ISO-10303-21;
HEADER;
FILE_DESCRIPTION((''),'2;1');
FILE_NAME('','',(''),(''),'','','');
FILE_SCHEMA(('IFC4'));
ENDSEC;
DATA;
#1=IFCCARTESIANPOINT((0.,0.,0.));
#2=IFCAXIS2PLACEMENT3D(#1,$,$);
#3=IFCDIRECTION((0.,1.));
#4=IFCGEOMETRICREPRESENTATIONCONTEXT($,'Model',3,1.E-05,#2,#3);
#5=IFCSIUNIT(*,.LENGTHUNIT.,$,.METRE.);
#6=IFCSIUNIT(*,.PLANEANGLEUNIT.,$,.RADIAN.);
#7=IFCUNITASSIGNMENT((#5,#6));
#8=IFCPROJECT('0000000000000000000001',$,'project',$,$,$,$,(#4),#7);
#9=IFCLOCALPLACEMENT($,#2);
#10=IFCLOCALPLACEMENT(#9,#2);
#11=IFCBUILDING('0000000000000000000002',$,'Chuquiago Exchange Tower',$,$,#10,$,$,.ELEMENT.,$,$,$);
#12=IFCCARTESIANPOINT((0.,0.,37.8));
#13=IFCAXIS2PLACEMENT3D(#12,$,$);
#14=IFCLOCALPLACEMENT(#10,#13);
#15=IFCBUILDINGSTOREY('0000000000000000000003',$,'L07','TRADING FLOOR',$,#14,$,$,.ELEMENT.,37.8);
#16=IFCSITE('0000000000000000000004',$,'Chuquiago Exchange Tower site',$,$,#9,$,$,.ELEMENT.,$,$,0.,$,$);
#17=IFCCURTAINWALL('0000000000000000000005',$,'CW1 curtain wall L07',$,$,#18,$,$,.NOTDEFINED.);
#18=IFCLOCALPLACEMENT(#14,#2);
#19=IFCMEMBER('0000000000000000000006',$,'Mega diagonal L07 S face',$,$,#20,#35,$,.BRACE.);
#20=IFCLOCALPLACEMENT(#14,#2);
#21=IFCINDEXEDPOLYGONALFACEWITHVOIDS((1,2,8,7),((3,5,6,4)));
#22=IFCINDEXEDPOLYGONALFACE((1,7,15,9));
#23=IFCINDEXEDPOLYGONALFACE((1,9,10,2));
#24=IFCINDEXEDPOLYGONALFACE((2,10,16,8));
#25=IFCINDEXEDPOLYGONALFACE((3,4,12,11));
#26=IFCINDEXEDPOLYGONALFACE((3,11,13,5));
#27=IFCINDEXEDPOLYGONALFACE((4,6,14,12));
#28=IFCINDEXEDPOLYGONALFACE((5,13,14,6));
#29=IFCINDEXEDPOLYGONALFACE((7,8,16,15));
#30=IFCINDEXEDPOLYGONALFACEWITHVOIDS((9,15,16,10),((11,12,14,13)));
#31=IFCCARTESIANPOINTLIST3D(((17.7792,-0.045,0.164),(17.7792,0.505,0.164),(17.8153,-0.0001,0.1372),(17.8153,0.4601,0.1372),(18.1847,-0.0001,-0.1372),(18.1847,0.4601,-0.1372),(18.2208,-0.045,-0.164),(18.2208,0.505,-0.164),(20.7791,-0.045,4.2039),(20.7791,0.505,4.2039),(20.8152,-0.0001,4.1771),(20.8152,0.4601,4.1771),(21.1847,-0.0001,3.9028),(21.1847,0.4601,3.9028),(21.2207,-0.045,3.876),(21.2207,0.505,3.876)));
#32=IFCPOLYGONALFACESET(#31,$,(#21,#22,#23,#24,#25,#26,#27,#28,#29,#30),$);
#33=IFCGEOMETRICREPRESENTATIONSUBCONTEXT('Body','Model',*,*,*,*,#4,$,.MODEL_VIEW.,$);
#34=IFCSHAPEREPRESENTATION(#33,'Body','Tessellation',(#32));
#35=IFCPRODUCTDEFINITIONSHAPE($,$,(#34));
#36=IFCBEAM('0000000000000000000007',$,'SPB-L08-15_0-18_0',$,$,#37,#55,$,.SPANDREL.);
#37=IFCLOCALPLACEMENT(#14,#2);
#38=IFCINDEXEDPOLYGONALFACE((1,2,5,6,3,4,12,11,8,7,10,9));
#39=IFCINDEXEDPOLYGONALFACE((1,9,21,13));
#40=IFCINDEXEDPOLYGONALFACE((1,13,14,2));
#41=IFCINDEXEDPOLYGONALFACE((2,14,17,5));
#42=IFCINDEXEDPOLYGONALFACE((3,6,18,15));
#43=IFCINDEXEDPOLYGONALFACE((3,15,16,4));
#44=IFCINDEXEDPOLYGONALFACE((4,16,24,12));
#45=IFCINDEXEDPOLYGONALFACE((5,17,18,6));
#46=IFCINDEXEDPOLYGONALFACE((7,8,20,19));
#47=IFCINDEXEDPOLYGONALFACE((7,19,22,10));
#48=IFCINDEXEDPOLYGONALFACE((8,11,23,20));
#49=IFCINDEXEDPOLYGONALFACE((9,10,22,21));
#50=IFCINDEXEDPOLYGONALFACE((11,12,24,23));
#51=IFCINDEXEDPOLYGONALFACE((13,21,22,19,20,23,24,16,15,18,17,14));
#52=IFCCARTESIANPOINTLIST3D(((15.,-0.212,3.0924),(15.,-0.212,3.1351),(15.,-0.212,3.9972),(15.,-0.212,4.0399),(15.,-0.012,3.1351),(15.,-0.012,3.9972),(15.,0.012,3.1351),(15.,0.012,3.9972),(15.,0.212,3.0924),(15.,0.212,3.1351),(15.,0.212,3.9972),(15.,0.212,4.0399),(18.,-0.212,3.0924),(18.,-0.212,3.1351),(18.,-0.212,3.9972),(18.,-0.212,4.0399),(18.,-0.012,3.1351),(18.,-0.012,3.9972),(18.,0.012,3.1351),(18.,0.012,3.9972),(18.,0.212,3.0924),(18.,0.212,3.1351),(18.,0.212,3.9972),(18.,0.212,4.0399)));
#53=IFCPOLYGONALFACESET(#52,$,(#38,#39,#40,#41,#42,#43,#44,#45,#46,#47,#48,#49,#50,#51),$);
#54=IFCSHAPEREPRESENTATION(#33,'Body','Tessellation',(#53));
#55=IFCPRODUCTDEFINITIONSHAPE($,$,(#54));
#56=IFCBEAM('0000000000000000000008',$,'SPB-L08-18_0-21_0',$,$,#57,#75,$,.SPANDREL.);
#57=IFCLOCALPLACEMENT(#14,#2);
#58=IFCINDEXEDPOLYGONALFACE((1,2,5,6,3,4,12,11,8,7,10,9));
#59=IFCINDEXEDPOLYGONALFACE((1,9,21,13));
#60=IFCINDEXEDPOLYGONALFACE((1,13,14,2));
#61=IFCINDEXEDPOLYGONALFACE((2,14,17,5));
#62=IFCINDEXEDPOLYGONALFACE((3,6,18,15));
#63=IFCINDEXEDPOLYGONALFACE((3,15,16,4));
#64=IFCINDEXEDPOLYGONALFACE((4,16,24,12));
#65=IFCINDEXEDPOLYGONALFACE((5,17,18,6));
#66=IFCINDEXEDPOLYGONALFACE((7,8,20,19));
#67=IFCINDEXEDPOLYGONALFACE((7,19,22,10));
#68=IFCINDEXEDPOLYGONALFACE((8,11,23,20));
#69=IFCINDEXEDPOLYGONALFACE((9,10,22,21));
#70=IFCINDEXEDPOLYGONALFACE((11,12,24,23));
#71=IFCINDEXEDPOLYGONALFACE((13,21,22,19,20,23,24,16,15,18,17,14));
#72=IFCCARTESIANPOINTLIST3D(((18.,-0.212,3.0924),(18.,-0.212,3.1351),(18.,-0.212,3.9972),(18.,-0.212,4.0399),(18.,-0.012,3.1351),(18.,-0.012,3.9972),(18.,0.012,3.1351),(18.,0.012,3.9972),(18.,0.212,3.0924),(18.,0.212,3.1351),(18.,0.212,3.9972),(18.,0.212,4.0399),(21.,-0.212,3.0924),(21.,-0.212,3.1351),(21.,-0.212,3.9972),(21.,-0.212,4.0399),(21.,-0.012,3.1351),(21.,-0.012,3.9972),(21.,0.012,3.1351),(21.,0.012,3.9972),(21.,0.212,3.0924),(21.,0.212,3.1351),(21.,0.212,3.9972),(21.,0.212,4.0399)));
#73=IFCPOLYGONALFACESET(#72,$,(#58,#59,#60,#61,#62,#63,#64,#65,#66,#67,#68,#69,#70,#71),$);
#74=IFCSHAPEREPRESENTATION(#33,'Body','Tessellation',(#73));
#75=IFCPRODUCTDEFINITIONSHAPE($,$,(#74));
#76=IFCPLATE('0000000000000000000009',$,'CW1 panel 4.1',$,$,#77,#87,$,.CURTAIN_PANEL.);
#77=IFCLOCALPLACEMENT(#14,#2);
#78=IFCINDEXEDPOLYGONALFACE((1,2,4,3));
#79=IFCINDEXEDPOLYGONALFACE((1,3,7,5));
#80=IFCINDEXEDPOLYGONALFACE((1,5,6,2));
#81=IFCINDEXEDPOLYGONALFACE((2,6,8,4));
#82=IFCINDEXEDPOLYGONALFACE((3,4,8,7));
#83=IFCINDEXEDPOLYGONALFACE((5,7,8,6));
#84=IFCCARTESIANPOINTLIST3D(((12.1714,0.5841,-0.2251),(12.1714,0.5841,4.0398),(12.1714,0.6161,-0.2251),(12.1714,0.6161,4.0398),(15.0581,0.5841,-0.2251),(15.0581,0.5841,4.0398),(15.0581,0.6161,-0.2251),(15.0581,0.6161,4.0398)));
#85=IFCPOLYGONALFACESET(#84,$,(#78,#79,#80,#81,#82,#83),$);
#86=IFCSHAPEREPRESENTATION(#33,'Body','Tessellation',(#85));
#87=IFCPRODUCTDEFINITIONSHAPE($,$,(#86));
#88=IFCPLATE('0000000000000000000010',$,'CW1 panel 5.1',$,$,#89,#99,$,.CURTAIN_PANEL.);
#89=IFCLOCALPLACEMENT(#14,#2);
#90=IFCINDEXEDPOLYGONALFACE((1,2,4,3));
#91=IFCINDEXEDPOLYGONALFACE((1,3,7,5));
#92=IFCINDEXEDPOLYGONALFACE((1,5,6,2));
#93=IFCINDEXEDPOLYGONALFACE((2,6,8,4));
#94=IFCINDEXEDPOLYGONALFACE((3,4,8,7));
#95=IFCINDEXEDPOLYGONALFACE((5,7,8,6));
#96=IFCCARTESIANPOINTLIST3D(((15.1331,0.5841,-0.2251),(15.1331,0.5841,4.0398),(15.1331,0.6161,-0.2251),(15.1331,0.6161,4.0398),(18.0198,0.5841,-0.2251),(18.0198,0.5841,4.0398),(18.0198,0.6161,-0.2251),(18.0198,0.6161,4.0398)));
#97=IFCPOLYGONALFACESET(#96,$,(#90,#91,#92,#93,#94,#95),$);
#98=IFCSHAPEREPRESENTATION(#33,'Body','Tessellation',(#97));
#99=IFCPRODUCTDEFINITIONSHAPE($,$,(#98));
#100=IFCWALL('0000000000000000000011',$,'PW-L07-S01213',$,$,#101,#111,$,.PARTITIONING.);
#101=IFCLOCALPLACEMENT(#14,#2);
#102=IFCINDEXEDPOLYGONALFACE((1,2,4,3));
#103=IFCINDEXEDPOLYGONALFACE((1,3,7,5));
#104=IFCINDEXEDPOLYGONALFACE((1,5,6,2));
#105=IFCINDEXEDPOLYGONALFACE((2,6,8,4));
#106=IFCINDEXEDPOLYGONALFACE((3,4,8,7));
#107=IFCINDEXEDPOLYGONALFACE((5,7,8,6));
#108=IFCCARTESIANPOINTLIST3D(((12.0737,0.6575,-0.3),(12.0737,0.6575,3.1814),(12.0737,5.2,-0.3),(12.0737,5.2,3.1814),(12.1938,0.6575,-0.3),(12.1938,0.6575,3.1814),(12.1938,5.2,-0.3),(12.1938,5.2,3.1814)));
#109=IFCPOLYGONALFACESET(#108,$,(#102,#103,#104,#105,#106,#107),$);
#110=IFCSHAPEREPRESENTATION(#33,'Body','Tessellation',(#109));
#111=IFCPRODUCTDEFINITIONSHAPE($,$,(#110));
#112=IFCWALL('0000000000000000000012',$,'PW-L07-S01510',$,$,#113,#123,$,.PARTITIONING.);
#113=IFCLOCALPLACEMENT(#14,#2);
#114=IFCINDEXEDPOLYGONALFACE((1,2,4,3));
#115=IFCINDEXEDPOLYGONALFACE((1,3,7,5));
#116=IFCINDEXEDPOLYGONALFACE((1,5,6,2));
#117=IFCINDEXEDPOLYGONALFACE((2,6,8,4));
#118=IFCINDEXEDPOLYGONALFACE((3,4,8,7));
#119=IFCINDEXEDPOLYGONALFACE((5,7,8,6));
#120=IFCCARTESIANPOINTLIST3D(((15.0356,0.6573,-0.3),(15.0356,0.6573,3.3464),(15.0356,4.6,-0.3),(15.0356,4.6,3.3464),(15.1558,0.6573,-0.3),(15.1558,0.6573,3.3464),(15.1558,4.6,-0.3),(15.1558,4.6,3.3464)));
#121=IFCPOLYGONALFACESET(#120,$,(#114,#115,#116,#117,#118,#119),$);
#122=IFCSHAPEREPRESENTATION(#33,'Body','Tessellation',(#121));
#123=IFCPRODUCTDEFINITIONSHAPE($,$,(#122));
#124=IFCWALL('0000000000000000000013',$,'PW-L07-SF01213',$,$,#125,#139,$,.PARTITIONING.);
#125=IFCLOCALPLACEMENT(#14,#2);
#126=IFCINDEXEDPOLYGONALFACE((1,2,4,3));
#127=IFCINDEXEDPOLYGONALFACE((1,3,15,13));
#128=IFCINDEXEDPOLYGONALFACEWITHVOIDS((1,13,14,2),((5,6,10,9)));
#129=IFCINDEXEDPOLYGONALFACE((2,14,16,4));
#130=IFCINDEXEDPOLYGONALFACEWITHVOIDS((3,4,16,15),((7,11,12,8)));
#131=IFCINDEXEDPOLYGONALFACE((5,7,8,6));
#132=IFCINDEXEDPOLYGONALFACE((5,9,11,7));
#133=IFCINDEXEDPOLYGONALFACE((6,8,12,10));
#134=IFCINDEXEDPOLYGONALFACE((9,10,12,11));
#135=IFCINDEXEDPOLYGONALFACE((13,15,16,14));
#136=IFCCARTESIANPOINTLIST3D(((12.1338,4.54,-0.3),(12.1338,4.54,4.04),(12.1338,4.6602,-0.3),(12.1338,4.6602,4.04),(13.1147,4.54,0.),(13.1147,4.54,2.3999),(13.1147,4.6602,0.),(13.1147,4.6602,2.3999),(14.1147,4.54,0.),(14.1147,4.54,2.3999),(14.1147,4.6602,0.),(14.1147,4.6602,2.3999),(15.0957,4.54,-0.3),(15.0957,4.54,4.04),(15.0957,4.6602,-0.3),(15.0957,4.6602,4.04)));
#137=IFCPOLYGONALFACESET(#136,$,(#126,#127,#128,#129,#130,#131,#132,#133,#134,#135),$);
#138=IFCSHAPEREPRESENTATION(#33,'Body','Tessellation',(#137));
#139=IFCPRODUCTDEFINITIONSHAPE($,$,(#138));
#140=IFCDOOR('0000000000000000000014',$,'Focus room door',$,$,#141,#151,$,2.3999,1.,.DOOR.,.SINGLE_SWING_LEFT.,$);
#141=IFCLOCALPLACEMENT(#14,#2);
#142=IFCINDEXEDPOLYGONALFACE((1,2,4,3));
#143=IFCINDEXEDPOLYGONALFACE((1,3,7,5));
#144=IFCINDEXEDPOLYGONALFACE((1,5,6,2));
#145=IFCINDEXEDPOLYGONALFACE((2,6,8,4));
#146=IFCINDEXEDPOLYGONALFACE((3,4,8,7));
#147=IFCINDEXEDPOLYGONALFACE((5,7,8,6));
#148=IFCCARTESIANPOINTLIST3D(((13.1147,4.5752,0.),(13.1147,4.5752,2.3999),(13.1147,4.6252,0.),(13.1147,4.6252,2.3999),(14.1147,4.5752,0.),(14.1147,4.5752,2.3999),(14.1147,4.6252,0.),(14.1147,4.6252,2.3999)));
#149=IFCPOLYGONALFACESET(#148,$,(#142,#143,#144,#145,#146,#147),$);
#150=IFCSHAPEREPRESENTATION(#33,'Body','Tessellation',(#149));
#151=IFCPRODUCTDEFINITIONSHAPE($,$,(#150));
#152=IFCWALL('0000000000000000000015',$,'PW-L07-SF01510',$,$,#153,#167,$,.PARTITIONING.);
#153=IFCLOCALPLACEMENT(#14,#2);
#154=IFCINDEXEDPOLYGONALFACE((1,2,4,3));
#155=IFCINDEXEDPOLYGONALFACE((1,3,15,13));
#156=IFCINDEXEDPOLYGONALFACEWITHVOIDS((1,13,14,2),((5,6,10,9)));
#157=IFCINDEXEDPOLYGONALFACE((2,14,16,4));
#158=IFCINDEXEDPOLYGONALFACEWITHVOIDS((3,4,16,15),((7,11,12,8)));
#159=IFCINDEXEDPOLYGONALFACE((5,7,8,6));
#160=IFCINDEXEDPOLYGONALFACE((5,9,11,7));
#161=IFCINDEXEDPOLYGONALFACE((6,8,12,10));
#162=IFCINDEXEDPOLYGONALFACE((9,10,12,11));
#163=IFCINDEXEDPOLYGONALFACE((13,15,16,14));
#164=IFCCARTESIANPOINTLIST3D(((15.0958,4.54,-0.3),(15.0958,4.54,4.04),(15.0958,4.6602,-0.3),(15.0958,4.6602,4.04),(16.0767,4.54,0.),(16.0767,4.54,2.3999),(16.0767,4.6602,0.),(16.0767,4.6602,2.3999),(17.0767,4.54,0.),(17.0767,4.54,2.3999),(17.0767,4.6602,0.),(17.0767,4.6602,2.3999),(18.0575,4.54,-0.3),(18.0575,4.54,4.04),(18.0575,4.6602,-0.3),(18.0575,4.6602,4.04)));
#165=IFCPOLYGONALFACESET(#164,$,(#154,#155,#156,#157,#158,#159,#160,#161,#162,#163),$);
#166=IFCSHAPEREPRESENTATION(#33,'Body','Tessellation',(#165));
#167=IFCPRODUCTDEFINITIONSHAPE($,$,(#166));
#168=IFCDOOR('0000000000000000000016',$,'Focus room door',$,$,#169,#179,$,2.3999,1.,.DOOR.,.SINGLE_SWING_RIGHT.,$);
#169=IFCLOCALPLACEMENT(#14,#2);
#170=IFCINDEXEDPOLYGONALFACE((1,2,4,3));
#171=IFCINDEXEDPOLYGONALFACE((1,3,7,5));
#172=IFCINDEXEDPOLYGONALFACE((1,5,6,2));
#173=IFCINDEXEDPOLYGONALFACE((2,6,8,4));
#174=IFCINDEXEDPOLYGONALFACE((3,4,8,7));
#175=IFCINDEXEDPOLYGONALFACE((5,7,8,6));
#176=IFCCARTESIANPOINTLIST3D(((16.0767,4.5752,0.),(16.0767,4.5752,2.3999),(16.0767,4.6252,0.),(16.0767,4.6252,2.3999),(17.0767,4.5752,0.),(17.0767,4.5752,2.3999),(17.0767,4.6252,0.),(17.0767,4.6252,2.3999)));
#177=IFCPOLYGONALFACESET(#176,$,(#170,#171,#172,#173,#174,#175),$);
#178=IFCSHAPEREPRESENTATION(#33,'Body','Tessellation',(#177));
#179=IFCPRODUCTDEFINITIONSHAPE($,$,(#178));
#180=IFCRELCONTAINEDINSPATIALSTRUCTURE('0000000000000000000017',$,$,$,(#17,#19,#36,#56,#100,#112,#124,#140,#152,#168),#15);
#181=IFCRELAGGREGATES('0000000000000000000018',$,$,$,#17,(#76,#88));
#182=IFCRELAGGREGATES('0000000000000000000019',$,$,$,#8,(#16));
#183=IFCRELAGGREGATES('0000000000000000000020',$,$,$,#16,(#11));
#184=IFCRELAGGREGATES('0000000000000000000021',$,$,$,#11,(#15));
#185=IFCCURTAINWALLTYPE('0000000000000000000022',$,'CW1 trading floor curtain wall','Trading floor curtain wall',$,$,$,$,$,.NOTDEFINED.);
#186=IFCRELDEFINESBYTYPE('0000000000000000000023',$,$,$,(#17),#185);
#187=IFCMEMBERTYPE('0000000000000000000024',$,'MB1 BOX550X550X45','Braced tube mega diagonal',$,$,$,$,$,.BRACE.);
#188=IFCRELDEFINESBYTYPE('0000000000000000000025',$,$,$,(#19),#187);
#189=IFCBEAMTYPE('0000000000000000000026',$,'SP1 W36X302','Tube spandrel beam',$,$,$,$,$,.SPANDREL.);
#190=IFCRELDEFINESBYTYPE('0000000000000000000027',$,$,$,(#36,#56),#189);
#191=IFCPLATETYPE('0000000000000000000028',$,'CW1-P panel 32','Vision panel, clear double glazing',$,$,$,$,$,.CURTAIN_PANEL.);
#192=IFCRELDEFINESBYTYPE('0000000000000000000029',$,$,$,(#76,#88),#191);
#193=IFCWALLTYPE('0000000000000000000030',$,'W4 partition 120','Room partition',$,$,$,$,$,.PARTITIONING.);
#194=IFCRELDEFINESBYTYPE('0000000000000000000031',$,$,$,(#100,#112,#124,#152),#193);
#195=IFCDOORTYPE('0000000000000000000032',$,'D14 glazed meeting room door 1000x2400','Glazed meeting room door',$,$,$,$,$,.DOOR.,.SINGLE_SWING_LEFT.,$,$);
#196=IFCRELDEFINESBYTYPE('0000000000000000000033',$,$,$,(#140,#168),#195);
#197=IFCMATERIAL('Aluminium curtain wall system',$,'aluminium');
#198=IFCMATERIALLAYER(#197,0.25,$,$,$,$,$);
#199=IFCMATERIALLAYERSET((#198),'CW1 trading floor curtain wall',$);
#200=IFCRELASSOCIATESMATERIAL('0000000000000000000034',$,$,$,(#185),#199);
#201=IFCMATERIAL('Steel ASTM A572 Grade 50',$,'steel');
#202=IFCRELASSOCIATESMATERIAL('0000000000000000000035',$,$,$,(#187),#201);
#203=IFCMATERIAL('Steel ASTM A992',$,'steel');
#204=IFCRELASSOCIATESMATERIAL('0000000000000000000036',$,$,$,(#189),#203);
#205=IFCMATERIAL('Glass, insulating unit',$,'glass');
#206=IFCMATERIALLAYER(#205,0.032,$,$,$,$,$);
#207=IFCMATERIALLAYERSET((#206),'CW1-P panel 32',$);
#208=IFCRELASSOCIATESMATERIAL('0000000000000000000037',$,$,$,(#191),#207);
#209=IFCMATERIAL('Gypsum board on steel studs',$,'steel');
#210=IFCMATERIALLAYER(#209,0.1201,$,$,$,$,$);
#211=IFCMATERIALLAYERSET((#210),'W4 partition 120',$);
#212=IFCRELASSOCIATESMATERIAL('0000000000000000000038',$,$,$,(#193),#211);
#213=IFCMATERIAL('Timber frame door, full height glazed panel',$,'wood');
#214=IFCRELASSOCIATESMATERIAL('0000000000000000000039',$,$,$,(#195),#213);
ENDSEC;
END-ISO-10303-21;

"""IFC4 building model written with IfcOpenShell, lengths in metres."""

from ifc_helpers import new_model, si_unit, direction, frame, frame_2d, origin, origin_2d, place, context, subcontext, project, spatial, rectangle, hollow_rectangle, i_section, extrude, material, layer, layer_set, material_profile, profile_set, type_object, element, fill, aggregate, save


model = new_model("IFC4")

# Units and contexts
model_context = context("Model", 3, precision=1e-05, world=origin(), true_north=direction((0.0, 1.0)))
body_context = subcontext(model_context, "Body", "Model", "MODEL_VIEW")
ifc_project = project(units=[si_unit("LENGTHUNIT", "METRE"), si_unit("PLANEANGLEUNIT", "RADIAN")], contexts=[model_context])

# Site, building, storey
site_placement = place(None, origin())
site = spatial("IfcSite", under=ifc_project, at=site_placement, Name="Chuquiago Exchange Tower site", CompositionType="ELEMENT", RefElevation=0.0)
building_placement = place(site_placement, origin())
building = spatial("IfcBuilding", under=site, at=building_placement, Name="Chuquiago Exchange Tower", CompositionType="ELEMENT")
storey_placement = place(building_placement, frame((0.0, 0.0, 37.8)))
storey = spatial("IfcBuildingStorey", under=building, at=storey_placement, Name="L07", Description="TRADING FLOOR", CompositionType="ELEMENT", Elevation=37.8)

# Curtain wall
ifc_material_1 = material(Name="Aluminium curtain wall system", Category="aluminium")
ifc_layer_1 = layer(ifc_material_1, 0.25)
ifc_layer_set_1 = layer_set([ifc_layer_1], Name="CW1 trading floor curtain wall")
curtain_wall_type = type_object("IfcCurtainWallType", Name="CW1 trading floor curtain wall", Description="Trading floor curtain wall", PredefinedType="NOTDEFINED", material=ifc_layer_set_1)
curtain_wall_placement = place(storey_placement, origin())
curtain_wall = element("IfcCurtainWall", 1, at=curtain_wall_placement, inside=storey, type_object=curtain_wall_type, Name="CW1 curtain wall L07", PredefinedType="NOTDEFINED")

# Member
ifc_material_2 = material(Name="Steel ASTM A572 Grade 50", Category="steel")
ifc_material_profile_1 = material_profile(ifc_material_2, hollow_rectangle(XDim=0.55, YDim=0.55, WallThickness=0.0449, at=origin_2d()), Name="BOX550X550X45")
ifc_profile_set_1 = profile_set([ifc_material_profile_1], Name="Steel ASTM A572 Grade 50")
member_type_1 = type_object("IfcMemberType", Name="MB1 BOX550X550X45", Description="Braced tube mega diagonal", PredefinedType="BRACE", material=ifc_profile_set_1)
member_1_placement = place(storey_placement, frame((18.0, 0.23, 0.0), z_axis=(0.596174, 0.0, 0.802855), x_axis=(0.0, 1.0, 0.0)))
element("IfcMember", 2, at=member_1_placement, inside=storey, type_object=member_type_1, Name="Mega diagonal L07 S face", PredefinedType="BRACE", context=body_context, shape_type="SweptSolid", body=[
    extrude(hollow_rectangle(XDim=0.55, YDim=0.55, WallThickness=0.0449, at=origin_2d()), origin(), (0.0, 0.0, 1.0), 5.032),
])

# Beams
ifc_material_3 = material(Name="Steel ASTM A992", Category="steel")
ifc_material_profile_2 = material_profile(ifc_material_3, i_section(OverallWidth=0.4241, OverallDepth=0.9475, WebThickness=0.0239, FlangeThickness=0.0427, at=origin_2d()), Name="W36X302")
ifc_profile_set_2 = profile_set([ifc_material_profile_2], Name="Steel ASTM A992")
beam_type_1 = type_object("IfcBeamType", Name="SP1 W36X302", Description="Tube spandrel beam", PredefinedType="SPANDREL", material=ifc_profile_set_2)
for number, where, z_axis, x_axis, name in (
    (3, (15.0, 0.0, 3.5662), (1.0, 0.0, 0.0), (0.0, 1.0, 0.0), "SPB-L08-15_0-18_0"),
    (4, (18.0, 0.0, 3.5662), (1.0, 0.0, 0.0), (0.0, 1.0, 0.0), "SPB-L08-18_0-21_0"),
):
    element("IfcBeam", number, at=place(storey_placement, frame(where, z_axis=z_axis, x_axis=x_axis)), inside=storey, type_object=beam_type_1, Name=name, PredefinedType="SPANDREL", context=body_context, shape_type="SweptSolid", body=[
        extrude(i_section(OverallWidth=0.4241, OverallDepth=0.9475, WebThickness=0.0239, FlangeThickness=0.0427, at=origin_2d()), origin(), (0.0, 0.0, 1.0), 3.0),
    ])

# Plates
ifc_material_4 = material(Name="Glass, insulating unit", Category="glass")
ifc_layer_2 = layer(ifc_material_4, 0.032)
ifc_layer_set_2 = layer_set([ifc_layer_2], Name="CW1-P panel 32")
plate_type = type_object("IfcPlateType", Name="CW1-P panel 32", Description="Vision panel, clear double glazing", PredefinedType="CURTAIN_PANEL", material=ifc_layer_set_2)
plate_1_placement = place(storey_placement, frame((13.6147, 0.6001, -0.2251), z_axis=(0.0, 0.0, 1.0), x_axis=(1.0, 0.0, 0.0)))
plate_1 = element("IfcPlate", 5, at=plate_1_placement, type_object=plate_type, Name="CW1 panel 4.1", PredefinedType="CURTAIN_PANEL", context=body_context, shape_type="SweptSolid", body=[
    extrude(rectangle(XDim=2.8867, YDim=0.032, at=origin_2d()), origin(), (0.0, 0.0, 1.0), 4.2649),
])
plate_2_placement = place(storey_placement, frame((16.5764, 0.6001, -0.2251), z_axis=(0.0, 0.0, 1.0), x_axis=(1.0, 0.0, 0.0)))
plate_2 = element("IfcPlate", 6, at=plate_2_placement, type_object=plate_type, Name="CW1 panel 5.1", PredefinedType="CURTAIN_PANEL", context=body_context, shape_type="SweptSolid", body=[
    extrude(rectangle(XDim=2.8867, YDim=0.032, at=origin_2d()), origin(), (0.0, 0.0, 1.0), 4.2649),
])
aggregate(curtain_wall, [plate_1, plate_2])

# Walls
ifc_material_5 = material(Name="Gypsum board on steel studs", Category="steel")
ifc_layer_3 = layer(ifc_material_5, 0.1201)
ifc_layer_set_3 = layer_set([ifc_layer_3], Name="W4 partition 120")
wall_type = type_object("IfcWallType", Name="W4 partition 120", Description="Room partition", PredefinedType="PARTITIONING", material=ifc_layer_set_3)
wall_1_placement = place(storey_placement, frame((12.1338, 0.6575, -0.3), z_axis=(0.0, 0.0, 1.0), x_axis=(0.0, 1.0, 0.0)))
element("IfcWall", 7, at=wall_1_placement, inside=storey, type_object=wall_type, Name="PW-L07-S01213", PredefinedType="PARTITIONING", context=body_context, shape_type="SweptSolid", body=[
    extrude(rectangle(XDim=4.5425, YDim=0.1201, at=frame_2d((2.2712, 0.0))), origin(), (0.0, 0.0, 1.0), 3.4814),
])
wall_2_placement = place(storey_placement, frame((15.0957, 0.6575, -0.3), z_axis=(0.0, 0.0, 1.0), x_axis=(0.0, 1.0, 0.0)))
element("IfcWall", 8, at=wall_2_placement, inside=storey, type_object=wall_type, Name="PW-L07-S01510", PredefinedType="PARTITIONING", context=body_context, shape_type="SweptSolid", body=[
    extrude(rectangle(XDim=3.9426, YDim=0.1201, at=frame_2d((1.9712, 0.0))), origin(), (0.0, 0.0, 1.0), 3.6465),
])

# Walls, openings, doors
wall_3_placement = place(storey_placement, frame((12.1338, 4.6001, -0.3), z_axis=(0.0, 0.0, 1.0), x_axis=(1.0, 0.0, 0.0)))
wall_3 = element("IfcWall", 9, at=wall_3_placement, inside=storey, type_object=wall_type, Name="PW-L07-SF01213", PredefinedType="PARTITIONING", context=body_context, shape_type="SweptSolid", body=[
    extrude(rectangle(XDim=2.9619, YDim=0.1201, at=frame_2d((1.481, 0.0))), origin(), (0.0, 0.0, 1.0), 4.3401),
])
opening_1_placement = place(wall_3_placement, frame((0.981, 0.0, 0.3)))
opening_1 = element("IfcOpeningElement", 10, at=opening_1_placement, cuts=wall_3, PredefinedType="OPENING", context=body_context, shape_type="SweptSolid", body=[
    extrude(rectangle(XDim=1.0, YDim=2.3999, at=frame_2d((0.5, 1.2))), frame((0.0, 0.0701, 0.0), z_axis=(0.0, -1.0, 0.0), x_axis=(1.0, 0.0, 0.0)), (0.0, 0.0, 1.0), 0.1401),
])
ifc_material_6 = material(Name="Timber frame door, full height glazed panel", Category="wood")
door_type = type_object("IfcDoorType", Name="D14 glazed meeting room door 1000x2400", Description="Glazed meeting room door", OperationType="SINGLE_SWING_LEFT", PredefinedType="DOOR", material=ifc_material_6)
door_1_placement = place(opening_1_placement, frame((1.0, 0.0, 0.0), z_axis=(0.0, 0.0, 1.0), x_axis=(-1.0, 0.0, 0.0)))
door_1 = element("IfcDoor", 11, at=door_1_placement, inside=storey, type_object=door_type, Name="Focus room door", OperationType="SINGLE_SWING_LEFT", OverallHeight=2.3999, OverallWidth=1.0, PredefinedType="DOOR", context=body_context, shape_type="SweptSolid", body=[
    extrude(rectangle(XDim=1.0, YDim=2.3999, at=frame_2d((0.5, 1.2))), frame((0.0, 0.0249, 0.0), z_axis=(0.0, -1.0, 0.0), x_axis=(1.0, 0.0, 0.0)), (0.0, 0.0, 1.0), 0.05),
])
fill(opening_1, door_1)
wall_4_placement = place(storey_placement, frame((15.0957, 4.6001, -0.3), z_axis=(0.0, 0.0, 1.0), x_axis=(1.0, 0.0, 0.0)))
wall_4 = element("IfcWall", 12, at=wall_4_placement, inside=storey, type_object=wall_type, Name="PW-L07-SF01510", PredefinedType="PARTITIONING", context=body_context, shape_type="SweptSolid", body=[
    extrude(rectangle(XDim=2.9617, YDim=0.1201, at=frame_2d((1.481, 0.0))), origin(), (0.0, 0.0, 1.0), 4.3401),
])
opening_2_placement = place(wall_4_placement, frame((0.981, 0.0, 0.3)))
opening_2 = element("IfcOpeningElement", 13, at=opening_2_placement, cuts=wall_4, PredefinedType="OPENING", context=body_context, shape_type="SweptSolid", body=[
    extrude(rectangle(XDim=1.0, YDim=2.3999, at=frame_2d((0.5, 1.2))), frame((0.0, 0.0701, 0.0), z_axis=(0.0, -1.0, 0.0), x_axis=(1.0, 0.0, 0.0)), (0.0, 0.0, 1.0), 0.1401),
])
door_2_placement = place(opening_2_placement, frame((1.0, 0.0, 0.0), z_axis=(0.0, 0.0, 1.0), x_axis=(-1.0, 0.0, 0.0)))
door_2 = element("IfcDoor", 14, at=door_2_placement, inside=storey, type_object=door_type, Name="Focus room door", OperationType="SINGLE_SWING_RIGHT", OverallHeight=2.3999, OverallWidth=1.0, PredefinedType="DOOR", context=body_context, shape_type="SweptSolid", body=[
    extrude(rectangle(XDim=1.0, YDim=2.3999, at=frame_2d((0.5, 1.2))), frame((0.0, 0.0249, 0.0), z_axis=(0.0, -1.0, 0.0), x_axis=(1.0, 0.0, 0.0)), (0.0, 0.0, 1.0), 0.05),
])
fill(opening_2, door_2)

save(model, "model.ifc")
